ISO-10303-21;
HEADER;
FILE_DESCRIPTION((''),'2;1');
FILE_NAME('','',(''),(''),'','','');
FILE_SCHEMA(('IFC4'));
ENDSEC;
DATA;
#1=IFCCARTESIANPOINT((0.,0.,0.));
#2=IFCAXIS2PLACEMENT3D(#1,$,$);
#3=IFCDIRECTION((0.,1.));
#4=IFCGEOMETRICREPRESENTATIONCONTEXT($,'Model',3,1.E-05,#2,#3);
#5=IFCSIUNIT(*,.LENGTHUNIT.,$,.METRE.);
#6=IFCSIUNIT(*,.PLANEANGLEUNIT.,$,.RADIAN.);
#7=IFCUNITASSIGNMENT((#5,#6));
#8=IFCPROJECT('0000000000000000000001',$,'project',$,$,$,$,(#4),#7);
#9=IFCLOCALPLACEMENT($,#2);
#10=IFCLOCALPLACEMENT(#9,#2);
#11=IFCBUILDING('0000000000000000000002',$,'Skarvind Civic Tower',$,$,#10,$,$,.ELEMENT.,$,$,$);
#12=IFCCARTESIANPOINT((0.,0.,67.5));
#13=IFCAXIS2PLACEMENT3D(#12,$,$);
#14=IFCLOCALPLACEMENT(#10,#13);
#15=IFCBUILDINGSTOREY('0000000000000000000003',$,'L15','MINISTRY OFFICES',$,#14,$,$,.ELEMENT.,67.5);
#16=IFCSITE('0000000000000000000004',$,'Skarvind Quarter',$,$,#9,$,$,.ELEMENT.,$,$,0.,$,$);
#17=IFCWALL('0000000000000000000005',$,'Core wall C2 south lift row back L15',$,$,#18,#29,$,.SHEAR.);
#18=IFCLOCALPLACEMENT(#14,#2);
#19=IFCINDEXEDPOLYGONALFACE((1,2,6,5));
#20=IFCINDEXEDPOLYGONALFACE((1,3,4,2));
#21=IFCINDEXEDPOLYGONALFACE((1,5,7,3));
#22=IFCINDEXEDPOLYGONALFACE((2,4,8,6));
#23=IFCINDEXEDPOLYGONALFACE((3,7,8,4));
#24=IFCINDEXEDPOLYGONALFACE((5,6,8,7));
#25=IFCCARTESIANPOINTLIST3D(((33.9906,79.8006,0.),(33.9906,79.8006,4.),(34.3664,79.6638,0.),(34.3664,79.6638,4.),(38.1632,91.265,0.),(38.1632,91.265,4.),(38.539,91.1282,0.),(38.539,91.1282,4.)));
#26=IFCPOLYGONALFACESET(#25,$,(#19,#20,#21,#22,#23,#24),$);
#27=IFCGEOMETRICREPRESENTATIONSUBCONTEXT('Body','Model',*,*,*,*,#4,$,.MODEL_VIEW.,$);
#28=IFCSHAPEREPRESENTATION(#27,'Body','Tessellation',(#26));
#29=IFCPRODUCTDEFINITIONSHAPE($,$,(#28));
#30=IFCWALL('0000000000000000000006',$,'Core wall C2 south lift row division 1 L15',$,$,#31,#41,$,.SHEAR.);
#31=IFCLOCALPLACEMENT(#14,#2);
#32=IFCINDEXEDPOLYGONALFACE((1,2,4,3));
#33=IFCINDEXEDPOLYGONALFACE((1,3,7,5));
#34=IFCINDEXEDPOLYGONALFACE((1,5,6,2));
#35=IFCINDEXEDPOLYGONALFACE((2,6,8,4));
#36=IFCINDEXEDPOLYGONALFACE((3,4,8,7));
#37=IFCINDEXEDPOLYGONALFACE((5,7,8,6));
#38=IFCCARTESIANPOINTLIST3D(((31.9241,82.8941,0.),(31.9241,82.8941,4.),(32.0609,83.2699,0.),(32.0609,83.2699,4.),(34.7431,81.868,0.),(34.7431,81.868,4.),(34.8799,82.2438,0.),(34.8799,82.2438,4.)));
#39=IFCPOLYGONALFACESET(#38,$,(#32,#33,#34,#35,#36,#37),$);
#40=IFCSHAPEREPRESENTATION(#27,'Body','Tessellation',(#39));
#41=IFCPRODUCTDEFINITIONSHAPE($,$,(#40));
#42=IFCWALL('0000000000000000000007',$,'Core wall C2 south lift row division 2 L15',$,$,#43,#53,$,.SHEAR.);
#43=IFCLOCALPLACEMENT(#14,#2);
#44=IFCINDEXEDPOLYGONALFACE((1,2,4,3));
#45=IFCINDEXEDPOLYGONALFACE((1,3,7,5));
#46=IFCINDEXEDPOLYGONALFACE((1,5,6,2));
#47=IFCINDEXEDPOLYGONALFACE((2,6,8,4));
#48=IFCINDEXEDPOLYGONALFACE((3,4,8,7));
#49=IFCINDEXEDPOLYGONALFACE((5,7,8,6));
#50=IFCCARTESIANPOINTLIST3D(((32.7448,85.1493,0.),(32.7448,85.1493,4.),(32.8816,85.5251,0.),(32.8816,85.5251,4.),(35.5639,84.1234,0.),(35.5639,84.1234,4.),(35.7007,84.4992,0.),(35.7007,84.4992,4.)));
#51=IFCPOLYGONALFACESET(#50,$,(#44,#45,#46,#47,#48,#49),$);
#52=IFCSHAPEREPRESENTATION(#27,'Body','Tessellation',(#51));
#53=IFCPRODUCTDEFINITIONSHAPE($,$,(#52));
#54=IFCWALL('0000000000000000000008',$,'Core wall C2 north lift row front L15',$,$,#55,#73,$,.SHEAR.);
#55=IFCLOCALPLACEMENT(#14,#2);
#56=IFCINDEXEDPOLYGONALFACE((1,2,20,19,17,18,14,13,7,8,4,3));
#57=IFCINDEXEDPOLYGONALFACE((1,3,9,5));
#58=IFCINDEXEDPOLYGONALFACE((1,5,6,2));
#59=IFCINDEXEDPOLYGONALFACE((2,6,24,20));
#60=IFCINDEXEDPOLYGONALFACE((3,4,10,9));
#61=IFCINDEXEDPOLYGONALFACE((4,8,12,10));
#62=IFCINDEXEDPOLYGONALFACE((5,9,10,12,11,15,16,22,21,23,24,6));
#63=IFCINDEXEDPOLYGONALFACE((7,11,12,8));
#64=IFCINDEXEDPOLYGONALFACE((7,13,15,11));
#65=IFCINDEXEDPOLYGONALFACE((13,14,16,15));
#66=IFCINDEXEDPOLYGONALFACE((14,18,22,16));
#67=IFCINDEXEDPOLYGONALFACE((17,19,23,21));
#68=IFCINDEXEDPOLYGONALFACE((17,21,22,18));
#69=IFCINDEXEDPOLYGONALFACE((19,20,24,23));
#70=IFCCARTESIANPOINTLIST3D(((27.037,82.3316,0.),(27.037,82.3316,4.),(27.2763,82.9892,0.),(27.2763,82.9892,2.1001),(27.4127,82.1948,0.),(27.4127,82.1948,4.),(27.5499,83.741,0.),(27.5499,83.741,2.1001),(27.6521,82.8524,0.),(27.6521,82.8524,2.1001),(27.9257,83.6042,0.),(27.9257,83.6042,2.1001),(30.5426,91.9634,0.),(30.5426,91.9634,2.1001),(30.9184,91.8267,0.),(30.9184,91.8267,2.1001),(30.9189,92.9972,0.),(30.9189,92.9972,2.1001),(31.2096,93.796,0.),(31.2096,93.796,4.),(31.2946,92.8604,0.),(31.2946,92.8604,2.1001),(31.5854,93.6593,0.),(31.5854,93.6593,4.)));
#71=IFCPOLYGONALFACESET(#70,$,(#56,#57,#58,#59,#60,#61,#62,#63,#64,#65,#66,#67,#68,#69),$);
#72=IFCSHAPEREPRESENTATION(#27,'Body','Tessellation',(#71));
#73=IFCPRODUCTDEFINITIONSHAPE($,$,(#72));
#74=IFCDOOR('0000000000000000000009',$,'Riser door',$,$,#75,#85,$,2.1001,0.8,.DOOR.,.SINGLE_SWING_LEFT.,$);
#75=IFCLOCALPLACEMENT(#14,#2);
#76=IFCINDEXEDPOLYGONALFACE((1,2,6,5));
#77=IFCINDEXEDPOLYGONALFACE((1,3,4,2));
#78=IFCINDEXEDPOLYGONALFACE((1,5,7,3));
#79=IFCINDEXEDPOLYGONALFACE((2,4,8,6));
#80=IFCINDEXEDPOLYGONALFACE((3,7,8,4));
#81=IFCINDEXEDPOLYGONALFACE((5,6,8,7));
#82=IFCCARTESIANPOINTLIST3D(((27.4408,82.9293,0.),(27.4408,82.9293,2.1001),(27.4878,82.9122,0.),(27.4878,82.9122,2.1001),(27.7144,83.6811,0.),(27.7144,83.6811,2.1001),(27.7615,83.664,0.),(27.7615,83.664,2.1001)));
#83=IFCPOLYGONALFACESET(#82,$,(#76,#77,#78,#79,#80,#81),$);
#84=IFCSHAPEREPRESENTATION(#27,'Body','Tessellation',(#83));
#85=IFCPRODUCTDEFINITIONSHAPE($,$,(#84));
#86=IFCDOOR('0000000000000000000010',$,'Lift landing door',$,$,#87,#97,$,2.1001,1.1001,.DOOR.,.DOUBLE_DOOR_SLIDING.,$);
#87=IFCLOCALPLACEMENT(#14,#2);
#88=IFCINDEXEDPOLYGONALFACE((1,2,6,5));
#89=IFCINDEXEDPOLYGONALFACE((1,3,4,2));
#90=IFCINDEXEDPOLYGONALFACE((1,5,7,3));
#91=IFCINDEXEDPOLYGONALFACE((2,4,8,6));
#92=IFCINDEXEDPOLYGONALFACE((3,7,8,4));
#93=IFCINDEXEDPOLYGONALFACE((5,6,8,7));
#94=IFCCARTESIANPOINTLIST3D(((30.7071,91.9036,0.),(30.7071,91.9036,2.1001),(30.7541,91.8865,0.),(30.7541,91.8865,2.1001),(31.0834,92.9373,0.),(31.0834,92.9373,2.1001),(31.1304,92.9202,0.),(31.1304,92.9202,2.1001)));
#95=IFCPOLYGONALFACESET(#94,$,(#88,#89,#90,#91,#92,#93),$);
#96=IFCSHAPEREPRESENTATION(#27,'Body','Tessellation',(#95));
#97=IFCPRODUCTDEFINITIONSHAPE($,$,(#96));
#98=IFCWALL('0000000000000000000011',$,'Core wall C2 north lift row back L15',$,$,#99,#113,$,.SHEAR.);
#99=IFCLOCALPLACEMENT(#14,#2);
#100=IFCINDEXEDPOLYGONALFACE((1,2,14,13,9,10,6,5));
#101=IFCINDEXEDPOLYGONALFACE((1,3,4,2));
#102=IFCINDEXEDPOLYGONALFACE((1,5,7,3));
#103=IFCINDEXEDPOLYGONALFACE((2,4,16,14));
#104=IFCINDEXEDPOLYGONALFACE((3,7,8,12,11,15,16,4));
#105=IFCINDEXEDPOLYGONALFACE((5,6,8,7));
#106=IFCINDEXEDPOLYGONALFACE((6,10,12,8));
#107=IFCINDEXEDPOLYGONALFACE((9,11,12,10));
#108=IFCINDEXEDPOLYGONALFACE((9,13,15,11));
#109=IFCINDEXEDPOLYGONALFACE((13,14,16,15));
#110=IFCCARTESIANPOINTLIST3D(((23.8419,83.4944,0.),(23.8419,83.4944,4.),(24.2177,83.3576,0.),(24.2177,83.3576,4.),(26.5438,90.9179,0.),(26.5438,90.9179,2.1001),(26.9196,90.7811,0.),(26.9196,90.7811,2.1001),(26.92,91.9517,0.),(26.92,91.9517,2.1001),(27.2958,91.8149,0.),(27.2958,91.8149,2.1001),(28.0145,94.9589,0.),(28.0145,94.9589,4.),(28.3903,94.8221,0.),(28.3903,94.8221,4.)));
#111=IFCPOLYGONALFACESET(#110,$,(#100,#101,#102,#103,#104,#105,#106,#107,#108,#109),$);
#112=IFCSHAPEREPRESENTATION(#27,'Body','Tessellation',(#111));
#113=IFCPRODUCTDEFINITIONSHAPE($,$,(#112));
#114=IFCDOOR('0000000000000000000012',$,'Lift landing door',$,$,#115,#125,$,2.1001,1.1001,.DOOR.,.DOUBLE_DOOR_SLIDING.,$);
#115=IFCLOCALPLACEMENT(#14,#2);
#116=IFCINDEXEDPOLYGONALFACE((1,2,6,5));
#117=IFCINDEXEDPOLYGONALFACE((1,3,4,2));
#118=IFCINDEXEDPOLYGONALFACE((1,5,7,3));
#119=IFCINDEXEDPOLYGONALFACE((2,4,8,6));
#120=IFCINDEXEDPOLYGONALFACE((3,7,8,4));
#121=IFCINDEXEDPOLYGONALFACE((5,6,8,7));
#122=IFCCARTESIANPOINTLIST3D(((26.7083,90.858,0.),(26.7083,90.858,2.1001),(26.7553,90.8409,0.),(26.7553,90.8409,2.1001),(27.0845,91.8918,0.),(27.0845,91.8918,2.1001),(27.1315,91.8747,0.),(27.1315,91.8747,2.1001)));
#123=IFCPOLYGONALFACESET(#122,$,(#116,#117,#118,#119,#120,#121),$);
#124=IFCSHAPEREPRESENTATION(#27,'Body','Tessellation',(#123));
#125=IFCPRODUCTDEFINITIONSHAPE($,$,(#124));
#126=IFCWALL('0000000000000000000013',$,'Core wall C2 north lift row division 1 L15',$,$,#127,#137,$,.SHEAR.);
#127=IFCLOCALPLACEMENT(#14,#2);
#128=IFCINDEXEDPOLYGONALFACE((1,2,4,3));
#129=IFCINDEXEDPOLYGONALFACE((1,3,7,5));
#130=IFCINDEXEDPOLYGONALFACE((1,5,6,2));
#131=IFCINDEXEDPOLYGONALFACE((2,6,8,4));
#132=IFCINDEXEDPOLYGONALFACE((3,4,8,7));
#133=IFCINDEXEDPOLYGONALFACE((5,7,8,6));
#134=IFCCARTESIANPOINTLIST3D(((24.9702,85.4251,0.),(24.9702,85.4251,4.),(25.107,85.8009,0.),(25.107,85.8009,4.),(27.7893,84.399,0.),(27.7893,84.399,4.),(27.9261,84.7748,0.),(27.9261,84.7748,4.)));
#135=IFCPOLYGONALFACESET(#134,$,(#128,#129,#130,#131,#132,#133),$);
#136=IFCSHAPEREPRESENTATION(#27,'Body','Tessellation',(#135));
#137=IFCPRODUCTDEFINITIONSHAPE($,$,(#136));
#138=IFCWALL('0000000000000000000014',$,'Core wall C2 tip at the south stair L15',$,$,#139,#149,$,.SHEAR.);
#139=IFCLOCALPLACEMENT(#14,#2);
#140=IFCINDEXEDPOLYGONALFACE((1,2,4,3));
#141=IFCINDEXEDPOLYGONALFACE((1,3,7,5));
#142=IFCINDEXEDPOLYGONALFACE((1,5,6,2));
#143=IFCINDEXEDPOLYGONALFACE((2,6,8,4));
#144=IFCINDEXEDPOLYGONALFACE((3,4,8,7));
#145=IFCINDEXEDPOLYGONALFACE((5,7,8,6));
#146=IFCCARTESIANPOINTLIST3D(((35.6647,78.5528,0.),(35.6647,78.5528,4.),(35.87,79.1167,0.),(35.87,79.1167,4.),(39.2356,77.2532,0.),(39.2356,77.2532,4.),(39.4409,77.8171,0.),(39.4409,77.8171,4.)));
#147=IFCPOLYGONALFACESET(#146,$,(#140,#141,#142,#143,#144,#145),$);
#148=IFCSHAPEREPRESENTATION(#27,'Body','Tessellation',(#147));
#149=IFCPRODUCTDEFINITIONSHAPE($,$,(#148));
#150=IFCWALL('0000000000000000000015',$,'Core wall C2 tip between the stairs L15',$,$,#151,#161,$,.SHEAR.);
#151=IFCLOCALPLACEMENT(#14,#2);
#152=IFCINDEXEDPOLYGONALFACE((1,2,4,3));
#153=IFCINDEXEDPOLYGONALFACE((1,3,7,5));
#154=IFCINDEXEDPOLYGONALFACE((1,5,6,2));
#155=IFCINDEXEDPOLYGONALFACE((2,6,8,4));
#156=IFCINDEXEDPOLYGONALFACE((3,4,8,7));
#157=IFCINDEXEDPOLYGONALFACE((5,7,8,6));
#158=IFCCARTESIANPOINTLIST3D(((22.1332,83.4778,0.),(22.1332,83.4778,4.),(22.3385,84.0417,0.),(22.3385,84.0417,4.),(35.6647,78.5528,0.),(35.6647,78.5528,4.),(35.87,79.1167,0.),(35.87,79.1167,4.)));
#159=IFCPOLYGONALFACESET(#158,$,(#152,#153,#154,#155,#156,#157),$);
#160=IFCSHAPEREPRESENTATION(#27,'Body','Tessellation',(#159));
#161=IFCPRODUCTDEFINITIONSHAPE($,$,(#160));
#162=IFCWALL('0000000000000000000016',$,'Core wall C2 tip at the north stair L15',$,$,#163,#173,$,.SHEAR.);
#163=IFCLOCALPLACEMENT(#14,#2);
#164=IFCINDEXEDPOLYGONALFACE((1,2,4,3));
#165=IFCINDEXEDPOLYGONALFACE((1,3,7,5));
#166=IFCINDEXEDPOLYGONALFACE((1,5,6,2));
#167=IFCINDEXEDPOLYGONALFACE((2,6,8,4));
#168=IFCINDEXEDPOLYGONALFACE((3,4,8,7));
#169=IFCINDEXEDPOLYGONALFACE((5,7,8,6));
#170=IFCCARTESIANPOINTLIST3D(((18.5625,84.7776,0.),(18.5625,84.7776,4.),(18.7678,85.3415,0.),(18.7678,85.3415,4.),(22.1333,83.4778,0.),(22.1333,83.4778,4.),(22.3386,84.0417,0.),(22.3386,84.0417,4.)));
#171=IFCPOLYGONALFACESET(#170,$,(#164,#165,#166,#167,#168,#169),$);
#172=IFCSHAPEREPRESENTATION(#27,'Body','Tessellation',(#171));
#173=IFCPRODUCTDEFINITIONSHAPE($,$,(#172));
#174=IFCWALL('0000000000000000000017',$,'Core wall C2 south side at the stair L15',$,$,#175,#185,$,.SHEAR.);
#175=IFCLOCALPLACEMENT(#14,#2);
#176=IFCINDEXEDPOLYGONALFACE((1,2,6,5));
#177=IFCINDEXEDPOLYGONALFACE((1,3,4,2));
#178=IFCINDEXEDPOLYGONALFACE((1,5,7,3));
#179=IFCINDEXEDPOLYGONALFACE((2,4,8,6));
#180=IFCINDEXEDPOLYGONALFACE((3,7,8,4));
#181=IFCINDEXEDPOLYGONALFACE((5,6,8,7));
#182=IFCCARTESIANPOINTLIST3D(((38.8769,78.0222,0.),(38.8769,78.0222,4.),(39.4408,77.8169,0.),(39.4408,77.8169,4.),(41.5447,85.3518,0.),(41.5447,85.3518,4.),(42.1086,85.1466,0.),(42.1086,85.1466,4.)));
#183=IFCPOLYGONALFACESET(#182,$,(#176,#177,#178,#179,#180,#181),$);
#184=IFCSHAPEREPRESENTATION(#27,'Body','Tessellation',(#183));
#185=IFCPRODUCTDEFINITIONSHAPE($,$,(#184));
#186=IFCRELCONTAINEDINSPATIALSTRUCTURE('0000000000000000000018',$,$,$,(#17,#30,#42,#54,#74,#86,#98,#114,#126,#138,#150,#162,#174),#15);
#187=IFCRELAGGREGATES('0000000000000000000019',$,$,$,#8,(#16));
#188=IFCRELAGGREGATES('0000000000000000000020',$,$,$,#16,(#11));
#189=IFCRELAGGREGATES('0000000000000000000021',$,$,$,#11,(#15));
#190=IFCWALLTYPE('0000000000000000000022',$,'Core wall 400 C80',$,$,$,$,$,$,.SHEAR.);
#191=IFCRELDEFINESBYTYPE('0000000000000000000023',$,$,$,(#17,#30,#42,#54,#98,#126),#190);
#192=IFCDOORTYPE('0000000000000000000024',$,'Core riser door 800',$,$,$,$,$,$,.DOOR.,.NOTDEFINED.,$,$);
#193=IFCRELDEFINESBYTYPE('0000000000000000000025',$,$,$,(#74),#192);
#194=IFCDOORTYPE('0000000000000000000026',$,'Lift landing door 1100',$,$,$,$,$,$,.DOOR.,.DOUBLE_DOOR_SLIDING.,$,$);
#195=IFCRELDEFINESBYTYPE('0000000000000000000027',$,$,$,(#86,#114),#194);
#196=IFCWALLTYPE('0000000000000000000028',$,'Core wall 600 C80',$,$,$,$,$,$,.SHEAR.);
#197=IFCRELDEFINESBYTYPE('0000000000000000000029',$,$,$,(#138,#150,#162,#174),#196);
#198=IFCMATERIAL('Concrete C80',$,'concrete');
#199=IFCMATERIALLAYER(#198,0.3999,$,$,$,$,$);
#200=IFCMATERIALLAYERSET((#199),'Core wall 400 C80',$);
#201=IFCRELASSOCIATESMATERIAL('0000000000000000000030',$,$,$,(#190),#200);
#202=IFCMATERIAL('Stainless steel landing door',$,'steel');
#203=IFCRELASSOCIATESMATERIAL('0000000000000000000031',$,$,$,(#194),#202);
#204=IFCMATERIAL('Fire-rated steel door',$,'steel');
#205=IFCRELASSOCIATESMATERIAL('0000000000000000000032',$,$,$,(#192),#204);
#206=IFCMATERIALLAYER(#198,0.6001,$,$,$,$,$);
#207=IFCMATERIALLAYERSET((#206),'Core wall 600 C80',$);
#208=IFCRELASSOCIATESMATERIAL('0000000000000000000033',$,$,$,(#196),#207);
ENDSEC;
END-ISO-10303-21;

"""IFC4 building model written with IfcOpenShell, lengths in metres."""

from ifc_helpers import new_model, si_unit, direction, frame, frame_2d, origin, place, context, subcontext, project, spatial, rectangle, extrude, material, layer, layer_set, type_object, element, fill, save


model = new_model("IFC4")

# Units and contexts
model_context = context("Model", 3, precision=1e-05, world=origin(), true_north=direction((0.0, 1.0)))
body_context = subcontext(model_context, "Body", "Model", "MODEL_VIEW")
ifc_project = project(units=[si_unit("LENGTHUNIT", "METRE"), si_unit("PLANEANGLEUNIT", "RADIAN")], contexts=[model_context])

# Site, building, storey
site_placement = place(None, origin())
site = spatial("IfcSite", under=ifc_project, at=site_placement, Name="Skarvind Quarter", CompositionType="ELEMENT", RefElevation=0.0)
building_placement = place(site_placement, origin())
building = spatial("IfcBuilding", under=site, at=building_placement, Name="Skarvind Civic Tower", CompositionType="ELEMENT")
storey_placement = place(building_placement, frame((0.0, 0.0, 67.5)))
storey = spatial("IfcBuildingStorey", under=building, at=storey_placement, Name="L15", Description="MINISTRY OFFICES", CompositionType="ELEMENT", Elevation=67.5)

# Shared definitions
ifc_material_1 = material(Name="Concrete C80", Category="concrete")
ifc_layer_1 = layer(ifc_material_1, 0.3999)
ifc_layer_set_1 = layer_set([ifc_layer_1], Name="Core wall 400 C80")
wall_type_1 = type_object("IfcWallType", Name="Core wall 400 C80", PredefinedType="SHEAR", material=ifc_layer_set_1)

# Shared definitions
ifc_material_2 = material(Name="Fire-rated steel door", Category="steel")

# Shared definitions
ifc_material_3 = material(Name="Stainless steel landing door", Category="steel")
door_type_1 = type_object("IfcDoorType", Name="Lift landing door 1100", OperationType="DOUBLE_DOOR_SLIDING", PredefinedType="DOOR", material=ifc_material_3)

# Walls
wall_1_placement = place(storey_placement, frame((34.1785, 79.7322, 0.0), z_axis=(0.0, 0.0, 1.0), x_axis=(0.342015, 0.939695, 0.0)))
element("IfcWall", 1, at=wall_1_placement, inside=storey, type_object=wall_type_1, Name="Core wall C2 south lift row back L15", PredefinedType="SHEAR", context=body_context, shape_type="SweptSolid", body=[
    extrude(rectangle(XDim=12.2002, YDim=0.3999, at=frame_2d((6.1001, 0.0))), origin(), (0.0, 0.0, 1.0), 4.0),
])
for number, where, z_axis, x_axis, name in (
    (2, (34.8115, 82.0559, 0.0), (0.0, 0.0, 1.0), (-0.939686, 0.342037, 0.0), "Core wall C2 south lift row division 1 L15"),
    (3, (35.6323, 84.3113, 0.0), (0.0, 0.0, 1.0), (-0.939713, 0.341965, 0.0), "Core wall C2 south lift row division 2 L15"),
):
    element("IfcWall", number, at=place(storey_placement, frame(where, z_axis=z_axis, x_axis=x_axis)), inside=storey, type_object=wall_type_1, Name=name, PredefinedType="SHEAR", context=body_context, shape_type="SweptSolid", body=[
        extrude(rectangle(XDim=3.0, YDim=0.3999, at=frame_2d((1.5, 0.0))), origin(), (0.0, 0.0, 1.0), 4.0),
    ])

# Wall, openings, doors
wall_2_placement = place(storey_placement, frame((27.2249, 82.2632, 0.0), z_axis=(0.0, 0.0, 1.0), x_axis=(0.342015, 0.939695, 0.0)))
wall_2 = element("IfcWall", 4, at=wall_2_placement, inside=storey, type_object=wall_type_1, Name="Core wall C2 north lift row front L15", PredefinedType="SHEAR", context=body_context, shape_type="SweptSolid", body=[
    extrude(rectangle(XDim=12.2002, YDim=0.3999, at=frame_2d((6.1001, 0.0))), origin(), (0.0, 0.0, 1.0), 4.0),
])
opening_1_placement = place(wall_2_placement, frame((10.25, 0.0, 0.0)))
opening_1 = element("IfcOpeningElement", 5, at=opening_1_placement, cuts=wall_2, PredefinedType="OPENING", context=body_context, shape_type="SweptSolid", body=[
    extrude(rectangle(XDim=1.1001, YDim=2.1001, at=frame_2d((0.55, 1.05))), frame((0.0, 0.21, 0.0), z_axis=(0.0, -1.0, 0.0), x_axis=(1.0, 0.0, 0.0)), (0.0, 0.0, 1.0), 0.4199),
])
opening_2_placement = place(wall_2_placement, frame((0.7, 0.0, 0.0)))
opening_2 = element("IfcOpeningElement", 6, at=opening_2_placement, cuts=wall_2, PredefinedType="OPENING", context=body_context, shape_type="SweptSolid", body=[
    extrude(rectangle(XDim=0.8, YDim=2.1001, at=frame_2d((0.3999, 1.05))), frame((0.0, 0.21, 0.0), z_axis=(0.0, -1.0, 0.0), x_axis=(1.0, 0.0, 0.0)), (0.0, 0.0, 1.0), 0.4199),
])
door_type_2 = type_object("IfcDoorType", Name="Core riser door 800", OperationType="NOTDEFINED", PredefinedType="DOOR", material=ifc_material_2)
door_1_placement = place(opening_2_placement, origin())
door_1 = element("IfcDoor", 7, at=door_1_placement, inside=storey, type_object=door_type_2, Name="Riser door", OperationType="SINGLE_SWING_LEFT", OverallHeight=2.1001, OverallWidth=0.8, PredefinedType="DOOR", context=body_context, shape_type="SweptSolid", body=[
    extrude(rectangle(XDim=0.8, YDim=2.1001, at=frame_2d((0.3999, 1.05))), frame((0.0, 0.0249, 0.0), z_axis=(0.0, -1.0, 0.0), x_axis=(1.0, 0.0, 0.0)), (0.0, 0.0, 1.0), 0.05),
])
fill(opening_2, door_1)
door_2_placement = place(opening_1_placement, origin())
door_2 = element("IfcDoor", 8, at=door_2_placement, inside=storey, type_object=door_type_1, Name="Lift landing door", OperationType="DOUBLE_DOOR_SLIDING", OverallHeight=2.1001, OverallWidth=1.1001, PredefinedType="DOOR", context=body_context, shape_type="SweptSolid", body=[
    extrude(rectangle(XDim=1.1001, YDim=2.1001, at=frame_2d((0.55, 1.05))), frame((0.0, 0.0249, 0.0), z_axis=(0.0, -1.0, 0.0), x_axis=(1.0, 0.0, 0.0)), (0.0, 0.0, 1.0), 0.05),
])
fill(opening_1, door_2)

# Wall, opening, door
wall_3_placement = place(storey_placement, frame((24.0298, 83.426, 0.0), z_axis=(0.0, 0.0, 1.0), x_axis=(0.342015, 0.939695, 0.0)))
wall_3 = element("IfcWall", 9, at=wall_3_placement, inside=storey, type_object=wall_type_1, Name="Core wall C2 north lift row back L15", PredefinedType="SHEAR", context=body_context, shape_type="SweptSolid", body=[
    extrude(rectangle(XDim=12.2002, YDim=0.3999, at=frame_2d((6.1001, 0.0))), origin(), (0.0, 0.0, 1.0), 4.0),
])
opening_3_placement = place(wall_3_placement, frame((7.8999, 0.0, 0.0)))
opening_3 = element("IfcOpeningElement", 10, at=opening_3_placement, cuts=wall_3, PredefinedType="OPENING", context=body_context, shape_type="SweptSolid", body=[
    extrude(rectangle(XDim=1.1001, YDim=2.1001, at=frame_2d((0.55, 1.05))), frame((0.0, 0.21, 0.0), z_axis=(0.0, -1.0, 0.0), x_axis=(1.0, 0.0, 0.0)), (0.0, 0.0, 1.0), 0.4199),
])
door_3_placement = place(opening_3_placement, origin())
door_3 = element("IfcDoor", 11, at=door_3_placement, inside=storey, type_object=door_type_1, Name="Lift landing door", OperationType="DOUBLE_DOOR_SLIDING", OverallHeight=2.1001, OverallWidth=1.1001, PredefinedType="DOOR", context=body_context, shape_type="SweptSolid", body=[
    extrude(rectangle(XDim=1.1001, YDim=2.1001, at=frame_2d((0.55, 1.05))), frame((0.0, 0.0249, 0.0), z_axis=(0.0, -1.0, 0.0), x_axis=(1.0, 0.0, 0.0)), (0.0, 0.0, 1.0), 0.05),
])
fill(opening_3, door_3)

# Walls
wall_4_placement = place(storey_placement, frame((27.8577, 84.5869, 0.0), z_axis=(0.0, 0.0, 1.0), x_axis=(-0.939686, 0.342037, 0.0)))
element("IfcWall", 12, at=wall_4_placement, inside=storey, type_object=wall_type_1, Name="Core wall C2 north lift row division 1 L15", PredefinedType="SHEAR", context=body_context, shape_type="SweptSolid", body=[
    extrude(rectangle(XDim=3.0, YDim=0.3999, at=frame_2d((1.5, 0.0))), origin(), (0.0, 0.0, 1.0), 4.0),
])
ifc_layer_2 = layer(ifc_material_1, 0.6001)
ifc_layer_set_2 = layer_set([ifc_layer_2], Name="Core wall 600 C80")
wall_type_2 = type_object("IfcWallType", Name="Core wall 600 C80", PredefinedType="SHEAR", material=ifc_layer_set_2)
wall_5_placement = place(storey_placement, frame((39.3381, 77.5352, 0.0), z_axis=(0.0, 0.0, 1.0), x_axis=(-0.939701, 0.341996, 0.0)))
element("IfcWall", 13, at=wall_5_placement, inside=storey, type_object=wall_type_2, Name="Core wall C2 tip at the south stair L15", PredefinedType="SHEAR", context=body_context, shape_type="SweptSolid", body=[
    extrude(rectangle(XDim=3.8, YDim=0.6001, at=frame_2d((1.8999, 0.0))), origin(), (0.0, 0.0, 1.0), 4.0),
])
wall_6_placement = place(storey_placement, frame((35.7673, 78.8347, 0.0), z_axis=(0.0, 0.0, 1.0), x_axis=(-0.939693, 0.342019, 0.0)))
element("IfcWall", 14, at=wall_6_placement, inside=storey, type_object=wall_type_2, Name="Core wall C2 tip between the stairs L15", PredefinedType="SHEAR", context=body_context, shape_type="SweptSolid", body=[
    extrude(rectangle(XDim=14.3999, YDim=0.6001, at=frame_2d((7.2, 0.0))), origin(), (0.0, 0.0, 1.0), 4.0),
])
wall_7_placement = place(storey_placement, frame((22.2358, 83.7598, 0.0), z_axis=(0.0, 0.0, 1.0), x_axis=(-0.939681, 0.342053, 0.0)))
element("IfcWall", 15, at=wall_7_placement, inside=storey, type_object=wall_type_2, Name="Core wall C2 tip at the north stair L15", PredefinedType="SHEAR", context=body_context, shape_type="SweptSolid", body=[
    extrude(rectangle(XDim=3.8, YDim=0.6001, at=frame_2d((1.8999, 0.0))), origin(), (0.0, 0.0, 1.0), 4.0),
])
for number, where, z_axis, x_axis, name in (
    (16, (39.1589, 77.9197, 0.0), (0.0, 0.0, 1.0), (0.342017, 0.939694, 0.0), "Core wall C2 south side at the stair L15"),
):
    element("IfcWall", number, at=place(storey_placement, frame(where, z_axis=z_axis, x_axis=x_axis)), inside=storey, type_object=wall_type_2, Name=name, PredefinedType="SHEAR", context=body_context, shape_type="SweptSolid", body=[
        extrude(rectangle(XDim=7.8, YDim=0.6001, at=frame_2d((3.8999, 0.0))), origin(), (0.0, 0.0, 1.0), 4.0),
    ])

save(model, "model.ifc")
